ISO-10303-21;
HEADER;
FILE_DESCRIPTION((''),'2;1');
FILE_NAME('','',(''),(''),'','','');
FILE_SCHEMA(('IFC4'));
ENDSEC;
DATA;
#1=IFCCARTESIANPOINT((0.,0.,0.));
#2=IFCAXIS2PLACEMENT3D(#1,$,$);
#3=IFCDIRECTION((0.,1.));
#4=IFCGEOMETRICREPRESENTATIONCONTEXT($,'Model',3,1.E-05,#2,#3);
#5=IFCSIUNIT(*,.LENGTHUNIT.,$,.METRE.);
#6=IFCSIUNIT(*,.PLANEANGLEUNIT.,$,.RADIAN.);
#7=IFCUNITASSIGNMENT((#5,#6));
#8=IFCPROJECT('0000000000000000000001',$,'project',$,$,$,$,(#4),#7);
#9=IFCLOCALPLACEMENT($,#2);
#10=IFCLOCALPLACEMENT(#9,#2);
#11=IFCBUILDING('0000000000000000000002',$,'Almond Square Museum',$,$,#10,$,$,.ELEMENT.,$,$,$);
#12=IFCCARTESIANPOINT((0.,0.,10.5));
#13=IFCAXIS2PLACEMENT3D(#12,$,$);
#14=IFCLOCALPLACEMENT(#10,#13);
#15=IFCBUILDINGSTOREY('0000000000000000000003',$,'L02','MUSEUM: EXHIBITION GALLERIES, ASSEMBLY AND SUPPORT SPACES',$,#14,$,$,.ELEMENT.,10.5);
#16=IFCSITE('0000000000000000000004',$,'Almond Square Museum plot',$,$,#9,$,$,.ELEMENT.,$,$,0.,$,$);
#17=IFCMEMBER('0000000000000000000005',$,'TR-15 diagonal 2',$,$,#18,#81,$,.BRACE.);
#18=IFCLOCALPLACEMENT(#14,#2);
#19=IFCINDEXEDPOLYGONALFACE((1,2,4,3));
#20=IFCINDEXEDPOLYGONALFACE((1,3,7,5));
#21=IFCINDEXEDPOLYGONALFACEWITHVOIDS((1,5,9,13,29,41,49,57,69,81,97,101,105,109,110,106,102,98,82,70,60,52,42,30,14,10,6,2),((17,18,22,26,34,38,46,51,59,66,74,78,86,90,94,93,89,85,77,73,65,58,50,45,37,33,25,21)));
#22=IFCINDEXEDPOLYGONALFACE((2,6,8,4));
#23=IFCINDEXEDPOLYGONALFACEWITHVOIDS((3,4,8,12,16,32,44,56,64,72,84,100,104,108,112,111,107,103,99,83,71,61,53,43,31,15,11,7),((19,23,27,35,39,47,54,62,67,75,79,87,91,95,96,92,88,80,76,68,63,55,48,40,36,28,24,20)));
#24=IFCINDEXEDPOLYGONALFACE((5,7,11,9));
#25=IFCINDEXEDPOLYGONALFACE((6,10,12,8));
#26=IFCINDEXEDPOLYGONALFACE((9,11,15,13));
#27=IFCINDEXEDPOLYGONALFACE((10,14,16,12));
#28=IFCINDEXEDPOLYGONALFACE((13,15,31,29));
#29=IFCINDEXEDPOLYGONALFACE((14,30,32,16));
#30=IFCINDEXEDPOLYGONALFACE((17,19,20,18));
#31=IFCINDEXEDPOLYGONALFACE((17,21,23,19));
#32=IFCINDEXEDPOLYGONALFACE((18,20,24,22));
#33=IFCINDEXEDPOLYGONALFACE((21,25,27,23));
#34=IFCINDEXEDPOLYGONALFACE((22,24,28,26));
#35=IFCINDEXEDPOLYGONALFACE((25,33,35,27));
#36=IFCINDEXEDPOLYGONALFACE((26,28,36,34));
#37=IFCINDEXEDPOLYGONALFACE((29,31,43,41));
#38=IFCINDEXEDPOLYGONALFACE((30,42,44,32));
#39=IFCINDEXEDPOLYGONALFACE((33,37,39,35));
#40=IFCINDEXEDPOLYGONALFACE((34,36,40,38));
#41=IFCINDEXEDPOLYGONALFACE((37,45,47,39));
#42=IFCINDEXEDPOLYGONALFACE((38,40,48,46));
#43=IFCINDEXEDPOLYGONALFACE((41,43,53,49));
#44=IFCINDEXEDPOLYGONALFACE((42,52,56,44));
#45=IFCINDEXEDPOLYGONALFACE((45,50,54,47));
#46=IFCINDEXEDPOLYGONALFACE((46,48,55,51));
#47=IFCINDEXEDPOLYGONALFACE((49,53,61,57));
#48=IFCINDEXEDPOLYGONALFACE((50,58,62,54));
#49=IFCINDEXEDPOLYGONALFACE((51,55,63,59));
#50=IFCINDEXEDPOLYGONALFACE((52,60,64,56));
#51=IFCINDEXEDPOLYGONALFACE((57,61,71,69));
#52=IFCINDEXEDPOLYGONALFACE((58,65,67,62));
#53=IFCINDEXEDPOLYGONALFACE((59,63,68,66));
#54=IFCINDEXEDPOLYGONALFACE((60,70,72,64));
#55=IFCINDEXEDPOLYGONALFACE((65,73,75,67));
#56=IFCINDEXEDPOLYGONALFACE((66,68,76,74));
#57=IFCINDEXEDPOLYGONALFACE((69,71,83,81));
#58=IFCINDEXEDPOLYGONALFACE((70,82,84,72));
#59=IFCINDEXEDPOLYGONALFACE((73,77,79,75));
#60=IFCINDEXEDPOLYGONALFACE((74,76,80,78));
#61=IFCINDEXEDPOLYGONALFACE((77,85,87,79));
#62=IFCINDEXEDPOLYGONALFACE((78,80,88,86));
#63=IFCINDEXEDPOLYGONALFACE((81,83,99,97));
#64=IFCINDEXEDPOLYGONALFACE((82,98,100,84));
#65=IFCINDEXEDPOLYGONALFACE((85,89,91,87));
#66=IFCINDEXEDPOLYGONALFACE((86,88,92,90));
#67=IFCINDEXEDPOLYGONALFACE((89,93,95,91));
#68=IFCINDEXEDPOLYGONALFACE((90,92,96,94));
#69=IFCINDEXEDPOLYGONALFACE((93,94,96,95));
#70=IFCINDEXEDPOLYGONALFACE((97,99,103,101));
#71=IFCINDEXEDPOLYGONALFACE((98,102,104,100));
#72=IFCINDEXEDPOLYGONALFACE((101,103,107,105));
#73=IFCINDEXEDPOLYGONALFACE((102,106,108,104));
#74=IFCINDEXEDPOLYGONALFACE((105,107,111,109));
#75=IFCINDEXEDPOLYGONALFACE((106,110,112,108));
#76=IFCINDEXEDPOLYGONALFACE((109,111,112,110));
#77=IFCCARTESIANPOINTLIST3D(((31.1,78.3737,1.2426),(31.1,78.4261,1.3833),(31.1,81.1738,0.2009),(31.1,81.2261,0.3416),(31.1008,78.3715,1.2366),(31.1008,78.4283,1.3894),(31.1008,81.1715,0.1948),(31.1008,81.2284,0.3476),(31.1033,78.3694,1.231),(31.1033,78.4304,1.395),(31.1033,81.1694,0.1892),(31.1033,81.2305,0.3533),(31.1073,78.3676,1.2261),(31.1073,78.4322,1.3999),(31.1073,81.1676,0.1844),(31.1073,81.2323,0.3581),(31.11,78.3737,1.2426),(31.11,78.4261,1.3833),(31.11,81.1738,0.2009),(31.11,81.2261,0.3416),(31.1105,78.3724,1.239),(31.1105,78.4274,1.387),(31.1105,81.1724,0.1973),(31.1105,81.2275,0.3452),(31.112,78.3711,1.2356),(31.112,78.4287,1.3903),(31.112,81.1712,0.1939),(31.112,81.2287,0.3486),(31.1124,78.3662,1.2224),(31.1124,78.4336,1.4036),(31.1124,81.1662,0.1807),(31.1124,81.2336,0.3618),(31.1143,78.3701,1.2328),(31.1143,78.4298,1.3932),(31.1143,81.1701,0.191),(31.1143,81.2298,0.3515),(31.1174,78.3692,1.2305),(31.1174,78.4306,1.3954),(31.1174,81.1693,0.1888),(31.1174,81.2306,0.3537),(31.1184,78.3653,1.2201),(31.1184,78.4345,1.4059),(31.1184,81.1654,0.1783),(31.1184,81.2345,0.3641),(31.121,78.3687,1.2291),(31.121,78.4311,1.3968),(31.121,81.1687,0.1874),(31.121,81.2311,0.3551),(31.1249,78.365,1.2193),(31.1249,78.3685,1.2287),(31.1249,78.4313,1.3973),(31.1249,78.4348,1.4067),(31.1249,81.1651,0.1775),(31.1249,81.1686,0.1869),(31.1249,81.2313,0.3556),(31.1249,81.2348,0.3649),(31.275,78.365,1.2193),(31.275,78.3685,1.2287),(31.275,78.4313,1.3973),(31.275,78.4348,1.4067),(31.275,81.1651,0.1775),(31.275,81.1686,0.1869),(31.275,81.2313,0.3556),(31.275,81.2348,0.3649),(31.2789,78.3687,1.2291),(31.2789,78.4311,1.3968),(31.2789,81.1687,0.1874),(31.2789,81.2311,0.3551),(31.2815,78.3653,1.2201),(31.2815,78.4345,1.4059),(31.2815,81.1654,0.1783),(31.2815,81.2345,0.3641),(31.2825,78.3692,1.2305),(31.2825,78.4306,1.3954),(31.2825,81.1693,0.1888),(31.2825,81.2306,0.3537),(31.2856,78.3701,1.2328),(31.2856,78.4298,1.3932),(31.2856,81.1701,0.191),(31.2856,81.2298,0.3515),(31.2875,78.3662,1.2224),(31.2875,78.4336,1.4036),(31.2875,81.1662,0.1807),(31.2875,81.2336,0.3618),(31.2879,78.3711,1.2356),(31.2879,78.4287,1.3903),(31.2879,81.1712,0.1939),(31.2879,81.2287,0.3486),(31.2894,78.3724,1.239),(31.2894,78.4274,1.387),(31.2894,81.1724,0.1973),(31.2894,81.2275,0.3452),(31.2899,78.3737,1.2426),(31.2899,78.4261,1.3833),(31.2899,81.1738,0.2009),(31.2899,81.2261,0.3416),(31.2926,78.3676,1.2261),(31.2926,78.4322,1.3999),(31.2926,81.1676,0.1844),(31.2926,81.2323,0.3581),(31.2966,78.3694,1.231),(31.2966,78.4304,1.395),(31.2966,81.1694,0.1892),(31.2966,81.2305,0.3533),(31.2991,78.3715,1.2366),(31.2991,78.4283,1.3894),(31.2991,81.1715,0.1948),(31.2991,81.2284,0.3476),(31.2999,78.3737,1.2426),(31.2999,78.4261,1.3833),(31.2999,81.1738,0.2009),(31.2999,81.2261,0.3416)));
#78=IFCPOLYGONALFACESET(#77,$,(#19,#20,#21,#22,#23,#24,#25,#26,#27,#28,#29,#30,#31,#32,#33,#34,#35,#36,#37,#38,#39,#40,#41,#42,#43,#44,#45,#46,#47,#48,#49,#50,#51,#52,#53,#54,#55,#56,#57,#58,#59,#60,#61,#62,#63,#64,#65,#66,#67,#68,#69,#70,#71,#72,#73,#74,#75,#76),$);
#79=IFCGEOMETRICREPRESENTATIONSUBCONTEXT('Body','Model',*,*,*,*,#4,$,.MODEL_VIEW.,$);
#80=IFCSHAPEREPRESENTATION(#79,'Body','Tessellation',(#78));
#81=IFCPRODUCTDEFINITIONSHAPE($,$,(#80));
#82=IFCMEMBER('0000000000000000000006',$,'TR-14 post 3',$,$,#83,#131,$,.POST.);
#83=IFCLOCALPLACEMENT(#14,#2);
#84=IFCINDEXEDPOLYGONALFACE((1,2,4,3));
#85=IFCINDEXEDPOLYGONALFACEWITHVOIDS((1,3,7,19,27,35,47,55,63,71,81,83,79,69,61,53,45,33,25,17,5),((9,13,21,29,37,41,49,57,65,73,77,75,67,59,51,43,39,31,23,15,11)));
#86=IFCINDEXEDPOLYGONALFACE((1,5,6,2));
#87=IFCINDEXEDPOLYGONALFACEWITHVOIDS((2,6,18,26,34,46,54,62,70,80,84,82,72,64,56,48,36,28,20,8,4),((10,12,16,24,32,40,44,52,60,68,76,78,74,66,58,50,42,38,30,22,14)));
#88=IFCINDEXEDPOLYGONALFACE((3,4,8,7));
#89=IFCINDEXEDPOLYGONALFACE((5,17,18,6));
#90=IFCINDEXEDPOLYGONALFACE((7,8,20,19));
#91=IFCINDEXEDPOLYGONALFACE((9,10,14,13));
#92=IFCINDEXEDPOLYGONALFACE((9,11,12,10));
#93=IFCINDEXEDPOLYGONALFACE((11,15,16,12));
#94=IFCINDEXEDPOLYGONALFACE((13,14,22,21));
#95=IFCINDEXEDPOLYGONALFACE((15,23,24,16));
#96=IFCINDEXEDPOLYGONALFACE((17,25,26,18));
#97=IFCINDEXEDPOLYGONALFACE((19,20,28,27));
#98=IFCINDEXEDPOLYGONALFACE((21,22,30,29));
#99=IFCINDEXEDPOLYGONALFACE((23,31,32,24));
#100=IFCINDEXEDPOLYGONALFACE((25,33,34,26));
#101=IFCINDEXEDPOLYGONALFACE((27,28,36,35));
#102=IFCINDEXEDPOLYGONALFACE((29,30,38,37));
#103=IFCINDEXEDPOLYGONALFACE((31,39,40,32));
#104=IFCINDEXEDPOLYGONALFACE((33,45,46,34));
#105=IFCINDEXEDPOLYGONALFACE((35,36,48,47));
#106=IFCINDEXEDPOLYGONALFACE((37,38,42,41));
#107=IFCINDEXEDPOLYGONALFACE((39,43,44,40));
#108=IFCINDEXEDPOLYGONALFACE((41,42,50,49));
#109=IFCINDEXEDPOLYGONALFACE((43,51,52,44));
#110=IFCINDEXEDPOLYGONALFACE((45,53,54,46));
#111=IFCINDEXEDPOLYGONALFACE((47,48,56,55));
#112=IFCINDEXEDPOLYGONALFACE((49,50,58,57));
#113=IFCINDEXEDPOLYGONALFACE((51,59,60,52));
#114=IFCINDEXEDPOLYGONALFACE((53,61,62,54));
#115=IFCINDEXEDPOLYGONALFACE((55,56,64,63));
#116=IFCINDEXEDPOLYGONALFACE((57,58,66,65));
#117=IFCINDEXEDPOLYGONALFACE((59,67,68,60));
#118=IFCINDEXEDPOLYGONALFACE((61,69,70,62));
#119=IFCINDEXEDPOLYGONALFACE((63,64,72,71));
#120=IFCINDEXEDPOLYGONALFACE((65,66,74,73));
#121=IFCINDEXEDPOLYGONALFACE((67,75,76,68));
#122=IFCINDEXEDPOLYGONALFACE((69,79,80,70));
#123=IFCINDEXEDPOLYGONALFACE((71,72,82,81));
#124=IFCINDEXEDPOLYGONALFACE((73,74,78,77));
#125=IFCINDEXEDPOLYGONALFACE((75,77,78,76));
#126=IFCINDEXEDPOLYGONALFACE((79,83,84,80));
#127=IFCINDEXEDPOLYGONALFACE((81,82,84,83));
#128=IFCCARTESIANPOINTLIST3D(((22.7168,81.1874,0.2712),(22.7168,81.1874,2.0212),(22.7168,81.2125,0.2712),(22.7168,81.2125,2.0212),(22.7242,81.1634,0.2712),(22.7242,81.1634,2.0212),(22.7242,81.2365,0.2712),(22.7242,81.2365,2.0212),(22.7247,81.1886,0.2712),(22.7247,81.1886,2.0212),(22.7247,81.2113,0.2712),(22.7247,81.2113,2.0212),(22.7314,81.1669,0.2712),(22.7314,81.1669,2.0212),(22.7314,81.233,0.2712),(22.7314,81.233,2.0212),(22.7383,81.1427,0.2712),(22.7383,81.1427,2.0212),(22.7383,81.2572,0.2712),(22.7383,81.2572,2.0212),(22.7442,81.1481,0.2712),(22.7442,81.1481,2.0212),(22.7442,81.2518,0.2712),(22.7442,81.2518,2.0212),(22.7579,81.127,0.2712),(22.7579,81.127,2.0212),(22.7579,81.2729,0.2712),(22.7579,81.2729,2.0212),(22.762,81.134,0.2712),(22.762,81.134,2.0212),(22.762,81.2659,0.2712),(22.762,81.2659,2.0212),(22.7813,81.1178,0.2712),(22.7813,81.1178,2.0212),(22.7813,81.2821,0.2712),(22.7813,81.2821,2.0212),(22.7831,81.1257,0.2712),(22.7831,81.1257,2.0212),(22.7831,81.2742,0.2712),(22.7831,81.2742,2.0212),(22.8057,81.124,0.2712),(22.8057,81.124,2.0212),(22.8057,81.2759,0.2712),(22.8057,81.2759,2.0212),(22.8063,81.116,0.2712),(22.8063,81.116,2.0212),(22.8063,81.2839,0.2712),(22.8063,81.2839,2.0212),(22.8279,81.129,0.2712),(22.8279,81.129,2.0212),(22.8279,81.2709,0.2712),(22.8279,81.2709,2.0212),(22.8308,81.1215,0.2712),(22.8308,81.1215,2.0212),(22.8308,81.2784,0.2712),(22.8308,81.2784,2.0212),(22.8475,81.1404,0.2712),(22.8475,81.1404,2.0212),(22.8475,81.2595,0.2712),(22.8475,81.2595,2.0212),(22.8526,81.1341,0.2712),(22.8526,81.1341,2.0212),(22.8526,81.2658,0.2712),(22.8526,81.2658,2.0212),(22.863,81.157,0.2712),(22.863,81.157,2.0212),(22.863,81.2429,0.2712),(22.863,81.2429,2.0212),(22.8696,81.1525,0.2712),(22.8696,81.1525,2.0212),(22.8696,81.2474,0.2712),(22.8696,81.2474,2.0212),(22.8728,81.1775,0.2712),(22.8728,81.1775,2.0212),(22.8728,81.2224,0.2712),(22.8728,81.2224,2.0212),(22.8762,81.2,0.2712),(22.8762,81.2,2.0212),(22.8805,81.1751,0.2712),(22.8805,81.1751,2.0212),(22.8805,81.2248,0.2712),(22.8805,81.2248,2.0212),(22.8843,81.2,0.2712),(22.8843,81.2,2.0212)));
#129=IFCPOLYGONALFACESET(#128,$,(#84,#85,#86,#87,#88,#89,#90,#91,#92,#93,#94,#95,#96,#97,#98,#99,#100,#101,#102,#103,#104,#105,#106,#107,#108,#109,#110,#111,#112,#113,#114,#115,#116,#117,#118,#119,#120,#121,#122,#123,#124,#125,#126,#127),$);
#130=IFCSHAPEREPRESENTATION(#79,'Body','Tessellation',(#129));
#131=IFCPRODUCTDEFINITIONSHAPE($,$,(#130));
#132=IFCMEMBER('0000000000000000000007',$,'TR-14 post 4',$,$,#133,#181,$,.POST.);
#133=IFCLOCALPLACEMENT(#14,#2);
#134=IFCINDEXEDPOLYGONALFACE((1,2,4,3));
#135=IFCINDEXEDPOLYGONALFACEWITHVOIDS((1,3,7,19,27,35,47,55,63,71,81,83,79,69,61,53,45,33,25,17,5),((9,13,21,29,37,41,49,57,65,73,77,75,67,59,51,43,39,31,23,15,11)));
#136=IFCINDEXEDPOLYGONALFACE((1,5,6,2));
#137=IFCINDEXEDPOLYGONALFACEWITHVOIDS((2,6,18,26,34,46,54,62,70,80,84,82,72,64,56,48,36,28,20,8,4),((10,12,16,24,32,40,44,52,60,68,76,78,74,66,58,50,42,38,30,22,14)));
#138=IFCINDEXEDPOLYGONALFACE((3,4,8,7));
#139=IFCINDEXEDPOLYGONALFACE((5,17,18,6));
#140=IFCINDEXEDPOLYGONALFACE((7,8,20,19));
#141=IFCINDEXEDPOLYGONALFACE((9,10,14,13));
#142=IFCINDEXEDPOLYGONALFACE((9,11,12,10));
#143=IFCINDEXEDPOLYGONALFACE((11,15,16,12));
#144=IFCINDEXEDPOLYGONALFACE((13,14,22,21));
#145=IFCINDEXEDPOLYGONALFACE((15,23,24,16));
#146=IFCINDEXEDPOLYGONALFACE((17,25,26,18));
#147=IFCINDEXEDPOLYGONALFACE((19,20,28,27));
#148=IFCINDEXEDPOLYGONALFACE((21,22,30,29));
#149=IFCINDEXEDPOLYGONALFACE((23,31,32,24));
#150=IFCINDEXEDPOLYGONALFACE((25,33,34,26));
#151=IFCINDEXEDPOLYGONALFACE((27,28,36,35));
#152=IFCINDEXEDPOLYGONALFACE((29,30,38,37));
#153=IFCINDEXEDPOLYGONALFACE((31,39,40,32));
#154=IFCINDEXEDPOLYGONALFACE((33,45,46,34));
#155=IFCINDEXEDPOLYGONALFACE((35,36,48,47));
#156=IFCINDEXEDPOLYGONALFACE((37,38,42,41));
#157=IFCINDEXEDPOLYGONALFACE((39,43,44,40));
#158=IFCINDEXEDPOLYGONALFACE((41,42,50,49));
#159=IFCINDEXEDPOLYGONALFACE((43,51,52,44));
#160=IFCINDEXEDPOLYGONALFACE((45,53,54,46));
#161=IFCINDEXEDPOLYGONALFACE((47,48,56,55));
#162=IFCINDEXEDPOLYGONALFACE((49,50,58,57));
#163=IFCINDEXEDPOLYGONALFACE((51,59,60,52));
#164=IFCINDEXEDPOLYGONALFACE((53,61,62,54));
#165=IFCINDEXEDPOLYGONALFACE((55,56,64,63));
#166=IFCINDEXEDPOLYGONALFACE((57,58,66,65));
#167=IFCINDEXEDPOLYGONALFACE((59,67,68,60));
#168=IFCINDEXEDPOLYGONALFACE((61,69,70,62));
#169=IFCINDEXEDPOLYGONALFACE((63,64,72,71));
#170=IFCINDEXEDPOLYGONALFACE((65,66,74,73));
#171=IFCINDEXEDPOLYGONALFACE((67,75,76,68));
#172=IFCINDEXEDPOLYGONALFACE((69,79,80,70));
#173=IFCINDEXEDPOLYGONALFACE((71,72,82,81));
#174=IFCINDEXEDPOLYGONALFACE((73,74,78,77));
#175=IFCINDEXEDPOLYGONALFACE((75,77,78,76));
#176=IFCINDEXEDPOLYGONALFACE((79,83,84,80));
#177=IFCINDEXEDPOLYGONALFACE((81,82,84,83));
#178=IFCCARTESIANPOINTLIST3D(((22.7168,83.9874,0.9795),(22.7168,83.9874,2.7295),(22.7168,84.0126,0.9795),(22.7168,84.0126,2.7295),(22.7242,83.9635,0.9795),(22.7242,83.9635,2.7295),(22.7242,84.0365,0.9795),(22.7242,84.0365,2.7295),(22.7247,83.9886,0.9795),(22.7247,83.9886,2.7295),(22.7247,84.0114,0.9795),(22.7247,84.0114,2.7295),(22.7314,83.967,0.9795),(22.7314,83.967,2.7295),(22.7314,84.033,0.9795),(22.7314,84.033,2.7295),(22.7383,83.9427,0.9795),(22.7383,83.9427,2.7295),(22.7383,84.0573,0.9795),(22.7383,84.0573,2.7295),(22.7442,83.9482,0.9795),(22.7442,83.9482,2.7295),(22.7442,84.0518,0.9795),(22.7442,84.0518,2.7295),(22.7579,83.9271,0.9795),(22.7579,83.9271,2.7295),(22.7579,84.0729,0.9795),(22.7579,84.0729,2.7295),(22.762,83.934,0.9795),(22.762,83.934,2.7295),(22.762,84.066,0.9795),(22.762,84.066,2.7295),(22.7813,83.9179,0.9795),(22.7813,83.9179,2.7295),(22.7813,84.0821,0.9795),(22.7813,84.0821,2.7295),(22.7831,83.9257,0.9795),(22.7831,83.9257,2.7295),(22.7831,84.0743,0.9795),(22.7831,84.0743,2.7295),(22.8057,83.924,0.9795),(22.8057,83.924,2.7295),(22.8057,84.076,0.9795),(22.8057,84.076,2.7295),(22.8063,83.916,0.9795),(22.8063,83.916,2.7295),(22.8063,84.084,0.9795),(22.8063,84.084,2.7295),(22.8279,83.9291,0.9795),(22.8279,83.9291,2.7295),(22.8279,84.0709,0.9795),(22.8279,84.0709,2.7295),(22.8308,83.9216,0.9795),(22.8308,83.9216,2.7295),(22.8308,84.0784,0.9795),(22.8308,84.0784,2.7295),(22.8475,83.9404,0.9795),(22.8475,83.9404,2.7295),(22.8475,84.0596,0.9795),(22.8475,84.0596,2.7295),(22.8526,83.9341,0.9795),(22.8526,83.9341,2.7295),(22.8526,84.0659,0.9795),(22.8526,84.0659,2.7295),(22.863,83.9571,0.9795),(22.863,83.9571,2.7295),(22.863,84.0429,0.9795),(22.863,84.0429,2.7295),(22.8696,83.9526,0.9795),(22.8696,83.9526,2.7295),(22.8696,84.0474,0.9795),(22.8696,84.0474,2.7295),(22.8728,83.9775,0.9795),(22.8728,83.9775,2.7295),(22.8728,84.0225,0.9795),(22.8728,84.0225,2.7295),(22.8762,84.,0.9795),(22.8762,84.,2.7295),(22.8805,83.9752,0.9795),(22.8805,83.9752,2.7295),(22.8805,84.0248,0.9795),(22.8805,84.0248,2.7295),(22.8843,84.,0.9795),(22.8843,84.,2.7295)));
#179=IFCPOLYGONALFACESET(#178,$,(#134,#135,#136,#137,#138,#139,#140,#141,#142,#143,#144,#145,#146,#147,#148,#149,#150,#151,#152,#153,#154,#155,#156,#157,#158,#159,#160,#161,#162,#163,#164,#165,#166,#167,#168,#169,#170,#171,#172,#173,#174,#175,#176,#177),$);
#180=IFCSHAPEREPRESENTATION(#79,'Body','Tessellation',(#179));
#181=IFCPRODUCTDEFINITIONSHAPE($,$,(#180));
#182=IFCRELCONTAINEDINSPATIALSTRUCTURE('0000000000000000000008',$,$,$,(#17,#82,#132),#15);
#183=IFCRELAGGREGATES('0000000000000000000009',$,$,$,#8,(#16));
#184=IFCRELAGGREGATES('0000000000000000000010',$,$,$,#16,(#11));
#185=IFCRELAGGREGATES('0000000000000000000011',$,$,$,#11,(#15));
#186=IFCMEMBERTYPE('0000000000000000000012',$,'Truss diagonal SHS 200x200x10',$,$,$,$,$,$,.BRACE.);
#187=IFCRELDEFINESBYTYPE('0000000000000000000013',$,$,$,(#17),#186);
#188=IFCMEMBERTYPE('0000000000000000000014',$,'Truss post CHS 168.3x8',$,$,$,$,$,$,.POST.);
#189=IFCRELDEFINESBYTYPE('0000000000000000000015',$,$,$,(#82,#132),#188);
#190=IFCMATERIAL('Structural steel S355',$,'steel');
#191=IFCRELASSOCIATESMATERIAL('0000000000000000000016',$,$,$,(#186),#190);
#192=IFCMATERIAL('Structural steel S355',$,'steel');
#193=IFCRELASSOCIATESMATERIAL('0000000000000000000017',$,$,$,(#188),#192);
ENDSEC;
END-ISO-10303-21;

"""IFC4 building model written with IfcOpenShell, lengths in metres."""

from ifc_helpers import new_model, si_unit, direction, frame, origin, origin_2d, place, context, subcontext, project, spatial, hollow_rectangle, hollow_circle, extrude, material, material_profile, profile_set, type_object, element, save


model = new_model("IFC4")

# Units and contexts
model_context = context("Model", 3, precision=1e-05, world=origin(), true_north=direction((0.0, 1.0)))
body_context = subcontext(model_context, "Body", "Model", "MODEL_VIEW")
ifc_project = project(units=[si_unit("LENGTHUNIT", "METRE"), si_unit("PLANEANGLEUNIT", "RADIAN")], contexts=[model_context])

# Site, building, storey
site_placement = place(None, origin())
site = spatial("IfcSite", under=ifc_project, at=site_placement, Name="Almond Square Museum plot", CompositionType="ELEMENT", RefElevation=0.0)
building_placement = place(site_placement, origin())
building = spatial("IfcBuilding", under=site, at=building_placement, Name="Almond Square Museum", CompositionType="ELEMENT")
storey_placement = place(building_placement, frame((0.0, 0.0, 10.5)))
storey = spatial("IfcBuildingStorey", under=building, at=storey_placement, Name="L02", Description="MUSEUM: EXHIBITION GALLERIES, ASSEMBLY AND SUPPORT SPACES", CompositionType="ELEMENT", Elevation=10.5)

# Members
ifc_material_1 = material(Name="Structural steel S355", Category="steel")
ifc_material_profile_1 = material_profile(ifc_material_1, hollow_rectangle(XDim=0.2, YDim=0.2, WallThickness=0.01, InnerFilletRadius=0.0149, OuterFilletRadius=0.0249, at=origin_2d()))
ifc_profile_set_1 = profile_set([ifc_material_profile_1], Name="Structural steel S355")
member_type_1 = type_object("IfcMemberType", Name="Truss diagonal SHS 200x200x10", PredefinedType="BRACE", material=ifc_profile_set_1)
for number, where, z_axis, x_axis, name in (
    (1, (31.2, 78.3999, 1.313), (0.0, 0.937236, -0.348695), (-1.0, 0.0, 0.0), "TR-15 diagonal 2"),
):
    element("IfcMember", number, at=place(storey_placement, frame(where, z_axis=z_axis, x_axis=x_axis)), inside=storey, type_object=member_type_1, Name=name, PredefinedType="BRACE", context=body_context, shape_type="SweptSolid", body=[
        extrude(hollow_rectangle(XDim=0.2, YDim=0.2, WallThickness=0.01, InnerFilletRadius=0.0149, OuterFilletRadius=0.0249, at=origin_2d()), origin(), (0.0, 0.0, 1.0), 2.9875),
    ])
ifc_material_2 = material(Name="Structural steel S355", Category="steel")
ifc_material_profile_2 = material_profile(ifc_material_2, hollow_circle(Radius=0.0842, WallThickness=0.0081, at=origin_2d()))
ifc_profile_set_2 = profile_set([ifc_material_profile_2], Name="Structural steel S355")
member_type_2 = type_object("IfcMemberType", Name="Truss post CHS 168.3x8", PredefinedType="POST", material=ifc_profile_set_2)
for number, where, z_axis, x_axis, name in (
    (2, (22.8, 81.2, 0.2712), (0.0, 0.0, 1.0), (1.0, 0.0, 0.0), "TR-14 post 3"),
    (3, (22.8, 84.0, 0.9795), (0.0, 0.0, 1.0), (1.0, 0.0, 0.0), "TR-14 post 4"),
):
    element("IfcMember", number, at=place(storey_placement, frame(where, z_axis=z_axis, x_axis=x_axis)), inside=storey, type_object=member_type_2, Name=name, PredefinedType="POST", context=body_context, shape_type="SweptSolid", body=[
        extrude(hollow_circle(Radius=0.0842, WallThickness=0.0081, at=origin_2d()), origin(), (0.0, 0.0, 1.0), 1.75),
    ])

save(model, "model.ifc")
